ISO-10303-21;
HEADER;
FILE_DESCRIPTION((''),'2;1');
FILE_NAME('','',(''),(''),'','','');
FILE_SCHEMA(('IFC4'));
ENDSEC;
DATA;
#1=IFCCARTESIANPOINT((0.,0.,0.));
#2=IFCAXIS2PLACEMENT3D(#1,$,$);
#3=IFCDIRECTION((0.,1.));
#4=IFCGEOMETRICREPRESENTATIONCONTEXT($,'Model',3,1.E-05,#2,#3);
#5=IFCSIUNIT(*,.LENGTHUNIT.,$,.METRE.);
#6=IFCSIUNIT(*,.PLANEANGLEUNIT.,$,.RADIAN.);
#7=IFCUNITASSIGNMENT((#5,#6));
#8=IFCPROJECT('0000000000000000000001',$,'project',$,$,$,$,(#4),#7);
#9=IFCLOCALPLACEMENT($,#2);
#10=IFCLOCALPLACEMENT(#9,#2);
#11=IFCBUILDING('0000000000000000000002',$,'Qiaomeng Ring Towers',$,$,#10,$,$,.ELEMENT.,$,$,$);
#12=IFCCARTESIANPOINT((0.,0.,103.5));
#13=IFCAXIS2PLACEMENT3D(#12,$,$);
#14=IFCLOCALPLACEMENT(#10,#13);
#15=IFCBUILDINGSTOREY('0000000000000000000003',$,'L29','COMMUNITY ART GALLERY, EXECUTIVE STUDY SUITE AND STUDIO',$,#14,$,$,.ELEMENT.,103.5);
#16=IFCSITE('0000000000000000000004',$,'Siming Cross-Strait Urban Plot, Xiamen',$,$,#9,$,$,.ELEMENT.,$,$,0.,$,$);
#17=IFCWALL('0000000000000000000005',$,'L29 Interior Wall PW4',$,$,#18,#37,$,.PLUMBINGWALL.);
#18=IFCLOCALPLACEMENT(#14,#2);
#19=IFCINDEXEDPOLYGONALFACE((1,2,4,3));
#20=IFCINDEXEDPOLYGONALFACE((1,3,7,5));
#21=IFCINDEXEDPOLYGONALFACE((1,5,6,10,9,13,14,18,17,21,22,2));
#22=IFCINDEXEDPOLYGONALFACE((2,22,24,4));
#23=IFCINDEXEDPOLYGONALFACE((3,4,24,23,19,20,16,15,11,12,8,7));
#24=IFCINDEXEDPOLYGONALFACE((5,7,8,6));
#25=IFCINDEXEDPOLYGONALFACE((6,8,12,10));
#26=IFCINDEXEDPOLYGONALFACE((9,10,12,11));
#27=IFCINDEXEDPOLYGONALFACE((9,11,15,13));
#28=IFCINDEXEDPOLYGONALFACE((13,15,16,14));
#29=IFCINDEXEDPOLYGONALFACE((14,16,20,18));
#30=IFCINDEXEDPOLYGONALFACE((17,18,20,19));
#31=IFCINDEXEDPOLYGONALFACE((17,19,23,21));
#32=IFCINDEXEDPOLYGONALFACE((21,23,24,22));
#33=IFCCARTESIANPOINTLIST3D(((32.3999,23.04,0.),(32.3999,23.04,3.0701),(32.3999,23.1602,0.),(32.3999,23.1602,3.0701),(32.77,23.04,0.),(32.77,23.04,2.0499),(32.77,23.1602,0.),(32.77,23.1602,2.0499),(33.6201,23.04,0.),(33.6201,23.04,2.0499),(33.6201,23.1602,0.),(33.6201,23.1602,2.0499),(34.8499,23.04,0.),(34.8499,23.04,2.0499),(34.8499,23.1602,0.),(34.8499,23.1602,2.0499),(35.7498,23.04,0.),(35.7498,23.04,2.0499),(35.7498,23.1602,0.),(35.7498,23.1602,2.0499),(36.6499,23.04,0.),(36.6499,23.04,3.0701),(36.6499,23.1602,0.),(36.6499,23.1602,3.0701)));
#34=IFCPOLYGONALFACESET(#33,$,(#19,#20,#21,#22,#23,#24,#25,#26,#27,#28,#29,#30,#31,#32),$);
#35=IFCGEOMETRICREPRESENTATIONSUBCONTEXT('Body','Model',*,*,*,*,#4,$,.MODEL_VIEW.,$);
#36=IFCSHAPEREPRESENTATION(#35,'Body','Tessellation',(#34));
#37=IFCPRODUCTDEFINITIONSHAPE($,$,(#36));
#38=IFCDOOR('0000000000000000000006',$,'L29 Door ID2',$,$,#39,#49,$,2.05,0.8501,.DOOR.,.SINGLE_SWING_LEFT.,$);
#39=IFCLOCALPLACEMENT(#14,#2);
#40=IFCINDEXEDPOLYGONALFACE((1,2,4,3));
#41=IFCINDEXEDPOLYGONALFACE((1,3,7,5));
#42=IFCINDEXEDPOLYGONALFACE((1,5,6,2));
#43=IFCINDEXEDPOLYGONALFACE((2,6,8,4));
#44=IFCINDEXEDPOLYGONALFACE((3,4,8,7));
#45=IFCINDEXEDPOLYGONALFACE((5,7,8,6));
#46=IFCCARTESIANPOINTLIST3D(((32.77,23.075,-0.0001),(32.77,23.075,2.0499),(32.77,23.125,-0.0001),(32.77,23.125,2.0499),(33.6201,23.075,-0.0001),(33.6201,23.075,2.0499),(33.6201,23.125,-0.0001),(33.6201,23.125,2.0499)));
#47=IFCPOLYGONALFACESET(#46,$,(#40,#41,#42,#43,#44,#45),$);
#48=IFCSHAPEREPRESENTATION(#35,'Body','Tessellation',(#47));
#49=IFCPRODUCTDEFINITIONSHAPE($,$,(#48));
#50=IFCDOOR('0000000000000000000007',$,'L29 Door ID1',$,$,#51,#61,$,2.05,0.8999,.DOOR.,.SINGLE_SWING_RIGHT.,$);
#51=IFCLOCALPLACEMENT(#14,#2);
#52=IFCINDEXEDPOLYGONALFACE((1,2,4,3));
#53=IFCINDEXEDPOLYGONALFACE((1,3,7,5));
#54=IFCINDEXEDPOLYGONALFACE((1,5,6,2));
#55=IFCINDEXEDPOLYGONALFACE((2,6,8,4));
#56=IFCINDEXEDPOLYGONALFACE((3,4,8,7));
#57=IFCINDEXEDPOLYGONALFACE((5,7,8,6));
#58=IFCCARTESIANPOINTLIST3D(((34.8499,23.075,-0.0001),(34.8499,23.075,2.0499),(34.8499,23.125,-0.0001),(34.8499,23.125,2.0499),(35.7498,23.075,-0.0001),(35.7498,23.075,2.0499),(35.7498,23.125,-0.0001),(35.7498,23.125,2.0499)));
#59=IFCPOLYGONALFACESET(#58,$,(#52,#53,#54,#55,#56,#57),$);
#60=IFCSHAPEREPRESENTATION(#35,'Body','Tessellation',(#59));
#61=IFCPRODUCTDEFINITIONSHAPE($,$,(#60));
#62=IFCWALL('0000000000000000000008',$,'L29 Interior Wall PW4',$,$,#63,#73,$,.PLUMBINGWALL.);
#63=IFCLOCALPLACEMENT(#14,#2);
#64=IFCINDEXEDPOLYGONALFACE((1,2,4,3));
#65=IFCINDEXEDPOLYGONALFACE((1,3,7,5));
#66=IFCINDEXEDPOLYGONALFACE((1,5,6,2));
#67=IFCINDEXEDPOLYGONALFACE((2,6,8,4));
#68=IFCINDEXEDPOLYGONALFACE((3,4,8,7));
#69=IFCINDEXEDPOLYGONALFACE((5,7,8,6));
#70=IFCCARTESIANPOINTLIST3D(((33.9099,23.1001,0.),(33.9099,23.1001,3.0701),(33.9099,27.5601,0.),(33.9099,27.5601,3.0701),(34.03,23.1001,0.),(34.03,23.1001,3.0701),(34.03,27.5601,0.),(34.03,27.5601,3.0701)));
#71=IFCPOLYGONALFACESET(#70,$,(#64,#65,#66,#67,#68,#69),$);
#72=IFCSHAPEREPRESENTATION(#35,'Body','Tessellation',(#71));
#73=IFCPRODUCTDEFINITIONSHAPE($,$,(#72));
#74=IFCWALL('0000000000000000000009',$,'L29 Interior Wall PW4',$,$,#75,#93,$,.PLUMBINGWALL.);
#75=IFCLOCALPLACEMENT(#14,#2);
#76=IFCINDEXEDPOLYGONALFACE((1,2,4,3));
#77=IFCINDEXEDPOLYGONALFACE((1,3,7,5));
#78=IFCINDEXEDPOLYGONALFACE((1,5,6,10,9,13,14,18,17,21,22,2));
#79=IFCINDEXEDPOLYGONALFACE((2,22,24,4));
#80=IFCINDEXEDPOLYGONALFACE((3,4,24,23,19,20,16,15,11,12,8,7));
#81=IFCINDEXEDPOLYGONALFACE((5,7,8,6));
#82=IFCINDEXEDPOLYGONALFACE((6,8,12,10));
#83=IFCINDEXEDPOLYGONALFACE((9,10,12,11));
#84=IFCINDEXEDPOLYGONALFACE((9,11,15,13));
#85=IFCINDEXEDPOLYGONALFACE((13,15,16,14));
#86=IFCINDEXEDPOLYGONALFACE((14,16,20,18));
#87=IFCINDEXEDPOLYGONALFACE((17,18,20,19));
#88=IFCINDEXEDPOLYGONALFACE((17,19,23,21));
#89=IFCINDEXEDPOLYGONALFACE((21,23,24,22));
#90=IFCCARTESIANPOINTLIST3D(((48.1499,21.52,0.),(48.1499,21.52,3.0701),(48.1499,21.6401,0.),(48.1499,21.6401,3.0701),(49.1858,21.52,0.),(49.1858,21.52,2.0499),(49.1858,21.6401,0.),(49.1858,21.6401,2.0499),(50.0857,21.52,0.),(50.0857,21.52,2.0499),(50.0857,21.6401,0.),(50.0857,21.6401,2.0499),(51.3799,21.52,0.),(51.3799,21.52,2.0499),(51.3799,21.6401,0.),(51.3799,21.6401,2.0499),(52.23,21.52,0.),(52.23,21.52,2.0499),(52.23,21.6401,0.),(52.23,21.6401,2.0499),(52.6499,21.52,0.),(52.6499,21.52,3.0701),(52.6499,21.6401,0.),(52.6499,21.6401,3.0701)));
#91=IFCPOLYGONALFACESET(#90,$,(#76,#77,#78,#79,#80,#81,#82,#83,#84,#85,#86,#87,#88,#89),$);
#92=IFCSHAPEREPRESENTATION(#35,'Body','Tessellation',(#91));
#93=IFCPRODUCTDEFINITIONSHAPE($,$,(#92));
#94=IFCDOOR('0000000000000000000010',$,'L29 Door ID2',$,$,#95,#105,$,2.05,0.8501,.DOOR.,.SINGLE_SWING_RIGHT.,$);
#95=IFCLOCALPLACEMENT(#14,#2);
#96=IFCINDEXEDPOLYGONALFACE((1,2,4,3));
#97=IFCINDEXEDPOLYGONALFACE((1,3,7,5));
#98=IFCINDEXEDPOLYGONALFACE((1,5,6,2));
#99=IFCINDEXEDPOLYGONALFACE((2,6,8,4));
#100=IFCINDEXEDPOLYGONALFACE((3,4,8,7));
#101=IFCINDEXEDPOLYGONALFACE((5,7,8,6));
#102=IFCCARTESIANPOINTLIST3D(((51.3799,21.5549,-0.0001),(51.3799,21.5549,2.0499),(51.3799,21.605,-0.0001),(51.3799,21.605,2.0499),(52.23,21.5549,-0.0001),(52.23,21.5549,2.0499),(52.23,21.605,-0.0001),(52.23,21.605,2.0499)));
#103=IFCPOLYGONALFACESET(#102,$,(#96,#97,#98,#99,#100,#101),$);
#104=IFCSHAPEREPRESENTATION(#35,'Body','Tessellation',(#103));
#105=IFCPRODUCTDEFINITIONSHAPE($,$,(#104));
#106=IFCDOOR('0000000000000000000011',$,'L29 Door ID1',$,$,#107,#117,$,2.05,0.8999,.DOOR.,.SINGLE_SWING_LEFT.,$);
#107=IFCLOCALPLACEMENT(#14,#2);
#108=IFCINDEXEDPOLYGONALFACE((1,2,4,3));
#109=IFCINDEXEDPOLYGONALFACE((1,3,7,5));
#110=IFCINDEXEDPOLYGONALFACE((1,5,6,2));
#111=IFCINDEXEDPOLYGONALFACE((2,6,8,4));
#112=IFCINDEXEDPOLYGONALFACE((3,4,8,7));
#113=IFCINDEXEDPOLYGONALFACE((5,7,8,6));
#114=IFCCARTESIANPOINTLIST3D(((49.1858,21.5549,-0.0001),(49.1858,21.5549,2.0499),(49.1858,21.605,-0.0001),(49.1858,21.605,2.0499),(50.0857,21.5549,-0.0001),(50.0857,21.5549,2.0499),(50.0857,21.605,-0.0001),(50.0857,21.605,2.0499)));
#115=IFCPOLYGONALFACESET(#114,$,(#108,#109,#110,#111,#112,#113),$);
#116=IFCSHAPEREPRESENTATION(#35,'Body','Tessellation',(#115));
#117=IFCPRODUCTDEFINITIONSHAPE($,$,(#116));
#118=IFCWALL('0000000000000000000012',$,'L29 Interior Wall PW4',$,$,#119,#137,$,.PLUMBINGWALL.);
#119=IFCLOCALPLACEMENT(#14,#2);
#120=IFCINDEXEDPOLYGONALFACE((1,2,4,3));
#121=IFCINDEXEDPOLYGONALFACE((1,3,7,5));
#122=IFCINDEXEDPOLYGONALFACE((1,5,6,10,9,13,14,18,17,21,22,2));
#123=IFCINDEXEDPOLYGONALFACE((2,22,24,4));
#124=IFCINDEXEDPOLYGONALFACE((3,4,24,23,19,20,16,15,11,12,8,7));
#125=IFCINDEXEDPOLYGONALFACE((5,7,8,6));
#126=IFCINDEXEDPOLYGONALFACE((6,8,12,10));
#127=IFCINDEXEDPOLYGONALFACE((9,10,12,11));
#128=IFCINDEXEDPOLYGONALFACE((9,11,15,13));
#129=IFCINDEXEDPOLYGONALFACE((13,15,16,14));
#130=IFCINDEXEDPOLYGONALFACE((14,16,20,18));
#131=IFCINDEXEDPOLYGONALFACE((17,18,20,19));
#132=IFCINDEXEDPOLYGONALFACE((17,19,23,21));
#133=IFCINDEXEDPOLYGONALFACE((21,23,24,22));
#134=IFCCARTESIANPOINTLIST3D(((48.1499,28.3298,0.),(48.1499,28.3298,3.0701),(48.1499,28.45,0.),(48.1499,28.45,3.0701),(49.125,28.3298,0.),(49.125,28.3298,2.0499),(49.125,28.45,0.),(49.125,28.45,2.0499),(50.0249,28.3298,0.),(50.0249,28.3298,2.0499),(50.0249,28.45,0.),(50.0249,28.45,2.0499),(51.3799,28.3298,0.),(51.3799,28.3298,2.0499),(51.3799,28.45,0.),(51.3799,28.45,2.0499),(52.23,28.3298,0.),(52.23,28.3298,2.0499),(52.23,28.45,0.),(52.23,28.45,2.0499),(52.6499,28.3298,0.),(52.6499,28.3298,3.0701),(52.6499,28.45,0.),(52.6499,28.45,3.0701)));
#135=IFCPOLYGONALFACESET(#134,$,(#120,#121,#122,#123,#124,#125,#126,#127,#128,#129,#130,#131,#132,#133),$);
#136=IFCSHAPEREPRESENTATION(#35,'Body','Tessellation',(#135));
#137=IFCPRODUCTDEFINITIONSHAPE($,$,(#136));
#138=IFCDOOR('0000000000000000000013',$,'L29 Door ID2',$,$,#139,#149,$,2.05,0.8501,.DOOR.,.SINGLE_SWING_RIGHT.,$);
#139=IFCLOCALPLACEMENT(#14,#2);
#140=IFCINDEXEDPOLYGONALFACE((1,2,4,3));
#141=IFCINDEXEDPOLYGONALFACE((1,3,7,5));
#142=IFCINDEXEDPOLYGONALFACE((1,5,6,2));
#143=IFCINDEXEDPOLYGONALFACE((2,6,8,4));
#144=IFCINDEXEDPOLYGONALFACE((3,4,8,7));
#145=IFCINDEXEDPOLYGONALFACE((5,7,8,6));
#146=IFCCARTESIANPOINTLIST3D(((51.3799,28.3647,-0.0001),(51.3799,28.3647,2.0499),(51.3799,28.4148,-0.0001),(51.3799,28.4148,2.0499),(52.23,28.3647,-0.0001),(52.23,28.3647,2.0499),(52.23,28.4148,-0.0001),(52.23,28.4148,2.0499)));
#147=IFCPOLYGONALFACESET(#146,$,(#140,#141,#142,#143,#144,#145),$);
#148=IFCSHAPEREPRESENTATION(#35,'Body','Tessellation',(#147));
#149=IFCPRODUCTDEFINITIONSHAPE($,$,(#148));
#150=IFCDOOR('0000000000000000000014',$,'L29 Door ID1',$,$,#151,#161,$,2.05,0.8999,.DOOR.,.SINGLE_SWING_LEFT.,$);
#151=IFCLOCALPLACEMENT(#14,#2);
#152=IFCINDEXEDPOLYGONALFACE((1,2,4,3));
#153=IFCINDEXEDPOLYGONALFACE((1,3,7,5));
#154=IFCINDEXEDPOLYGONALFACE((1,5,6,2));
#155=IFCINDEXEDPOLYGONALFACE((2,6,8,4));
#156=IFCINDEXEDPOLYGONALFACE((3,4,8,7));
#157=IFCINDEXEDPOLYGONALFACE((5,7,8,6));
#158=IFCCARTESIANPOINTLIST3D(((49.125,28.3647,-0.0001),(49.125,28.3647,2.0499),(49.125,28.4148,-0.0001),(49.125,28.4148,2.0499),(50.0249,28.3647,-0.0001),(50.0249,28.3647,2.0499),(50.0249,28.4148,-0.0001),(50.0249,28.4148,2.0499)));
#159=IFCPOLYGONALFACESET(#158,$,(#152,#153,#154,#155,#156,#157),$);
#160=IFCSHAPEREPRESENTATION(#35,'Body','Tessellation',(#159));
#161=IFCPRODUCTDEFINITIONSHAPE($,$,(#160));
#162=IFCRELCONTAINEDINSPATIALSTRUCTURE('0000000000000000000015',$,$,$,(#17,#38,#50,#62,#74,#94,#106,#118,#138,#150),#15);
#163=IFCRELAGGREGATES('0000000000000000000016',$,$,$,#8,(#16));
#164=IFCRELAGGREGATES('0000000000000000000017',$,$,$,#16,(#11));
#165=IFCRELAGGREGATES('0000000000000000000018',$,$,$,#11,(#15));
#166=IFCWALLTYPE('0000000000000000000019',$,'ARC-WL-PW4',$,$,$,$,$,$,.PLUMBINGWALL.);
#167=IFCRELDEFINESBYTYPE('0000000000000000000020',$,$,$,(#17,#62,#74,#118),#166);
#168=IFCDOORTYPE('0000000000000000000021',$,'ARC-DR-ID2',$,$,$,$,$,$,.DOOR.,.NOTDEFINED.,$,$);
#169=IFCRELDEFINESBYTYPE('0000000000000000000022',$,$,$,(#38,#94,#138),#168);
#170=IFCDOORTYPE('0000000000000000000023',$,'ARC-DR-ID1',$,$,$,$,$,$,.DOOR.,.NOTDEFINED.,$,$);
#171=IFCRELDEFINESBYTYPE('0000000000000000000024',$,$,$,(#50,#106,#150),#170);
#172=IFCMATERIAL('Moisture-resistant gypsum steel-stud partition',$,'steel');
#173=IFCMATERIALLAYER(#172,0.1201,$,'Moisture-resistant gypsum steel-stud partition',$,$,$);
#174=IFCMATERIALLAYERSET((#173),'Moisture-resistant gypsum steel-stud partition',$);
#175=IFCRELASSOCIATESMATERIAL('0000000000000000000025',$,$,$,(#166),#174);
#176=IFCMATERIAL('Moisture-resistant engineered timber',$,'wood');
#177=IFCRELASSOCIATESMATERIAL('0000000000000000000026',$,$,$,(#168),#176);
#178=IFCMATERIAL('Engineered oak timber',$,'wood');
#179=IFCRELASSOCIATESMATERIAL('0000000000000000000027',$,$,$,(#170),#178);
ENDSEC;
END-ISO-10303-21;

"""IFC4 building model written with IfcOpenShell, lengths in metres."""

from ifc_helpers import new_model, si_unit, direction, frame, frame_2d, origin, place, context, subcontext, project, spatial, rectangle, extrude, source, transform, mapped, material, layer, layer_set, type_object, element, fill, save


model = new_model("IFC4")

# Units and contexts
model_context = context("Model", 3, precision=1e-05, world=origin(), true_north=direction((0.0, 1.0)))
body_context = subcontext(model_context, "Body", "Model", "MODEL_VIEW")
ifc_project = project(units=[si_unit("LENGTHUNIT", "METRE"), si_unit("PLANEANGLEUNIT", "RADIAN")], contexts=[model_context])

# Site, building, storey
site_placement = place(None, origin())
site = spatial("IfcSite", under=ifc_project, at=site_placement, Name="Siming Cross-Strait Urban Plot, Xiamen", CompositionType="ELEMENT", RefElevation=0.0)
building_placement = place(site_placement, origin())
building = spatial("IfcBuilding", under=site, at=building_placement, Name="Qiaomeng Ring Towers", CompositionType="ELEMENT")
storey_placement = place(building_placement, frame((0.0, 0.0, 103.5)))
storey = spatial("IfcBuildingStorey", under=building, at=storey_placement, Name="L29", Description="COMMUNITY ART GALLERY, EXECUTIVE STUDY SUITE AND STUDIO", CompositionType="ELEMENT", Elevation=103.5)

# Wall, openings, doors
ifc_material_1 = material(Name="Moisture-resistant gypsum steel-stud partition", Category="steel")
ifc_layer_1 = layer(ifc_material_1, 0.1201, Name="Moisture-resistant gypsum steel-stud partition")
ifc_layer_set_1 = layer_set([ifc_layer_1], Name="Moisture-resistant gypsum steel-stud partition")
wall_type_1 = type_object("IfcWallType", Name="ARC-WL-PW4", PredefinedType="PLUMBINGWALL", material=ifc_layer_set_1)
wall_1_placement = place(storey_placement, frame((32.3999, 23.1001, 0.0), z_axis=(0.0, 0.0, 1.0), x_axis=(1.0, 0.0, 0.0)))
wall_1 = element("IfcWall", 1, at=wall_1_placement, inside=storey, type_object=wall_type_1, Name="L29 Interior Wall PW4", PredefinedType="PLUMBINGWALL", context=body_context, shape_type="SweptSolid", body=[
    extrude(rectangle(XDim=4.25, YDim=0.1201, at=frame_2d((2.125, 0.0))), origin(), (0.0, 0.0, 1.0), 3.0701),
])
opening_1_placement = place(wall_1_placement, frame((0.3701, 0.0, 0.0)))
opening_1 = element("IfcOpeningElement", 2, at=opening_1_placement, cuts=wall_1, PredefinedType="OPENING", context=body_context, shape_type="SweptSolid", body=[
    extrude(rectangle(XDim=0.8501, YDim=2.05, at=frame_2d((0.425, 1.0249))), frame((0.0, 0.0701, 0.0), z_axis=(0.0, -1.0, 0.0), x_axis=(1.0, 0.0, 0.0)), (0.0, 0.0, 1.0), 0.1401),
])
opening_2_placement = place(wall_1_placement, frame((2.45, 0.0, 0.0)))
opening_2 = element("IfcOpeningElement", 3, at=opening_2_placement, cuts=wall_1, PredefinedType="OPENING", context=body_context, shape_type="SweptSolid", body=[
    extrude(rectangle(XDim=0.8999, YDim=2.05, at=frame_2d((0.45, 1.0249))), frame((0.0, 0.0701, 0.0), z_axis=(0.0, -1.0, 0.0), x_axis=(1.0, 0.0, 0.0)), (0.0, 0.0, 1.0), 0.1401),
])
ifc_material_2 = material(Name="Moisture-resistant engineered timber", Category="wood")
door_type_1 = type_object("IfcDoorType", Name="ARC-DR-ID2", OperationType="NOTDEFINED", PredefinedType="DOOR", material=ifc_material_2)
shared_shape_1 = source(origin(), body_context, "Body", "SweptSolid", [
    extrude(rectangle(XDim=0.8501, YDim=2.05, at=frame_2d((0.425, 1.0249))), frame((0.0, 0.0249, 0.0), z_axis=(0.0, -1.0, 0.0), x_axis=(1.0, 0.0, 0.0)), (0.0, 0.0, 1.0), 0.05),
])
door_1_placement = place(opening_1_placement, origin())
door_1 = element("IfcDoor", 4, at=door_1_placement, inside=storey, type_object=door_type_1, Name="L29 Door ID2", OperationType="SINGLE_SWING_LEFT", OverallHeight=2.05, OverallWidth=0.8501, PredefinedType="DOOR", context=body_context, shape_type="MappedRepresentation", body=[
    mapped(shared_shape_1, transform((0.0, 0.0, 0.0), x_axis=(1.0, 0.0, 0.0), y_axis=(0.0, 1.0, 0.0), z_axis=(0.0, 0.0, 1.0), scale=1.0)),
])
fill(opening_1, door_1)
ifc_material_3 = material(Name="Engineered oak timber", Category="wood")
door_type_2 = type_object("IfcDoorType", Name="ARC-DR-ID1", OperationType="NOTDEFINED", PredefinedType="DOOR", material=ifc_material_3)
shared_shape_2 = source(origin(), body_context, "Body", "SweptSolid", [
    extrude(rectangle(XDim=0.8999, YDim=2.05, at=frame_2d((0.45, 1.0249))), frame((0.0, 0.0249, 0.0), z_axis=(0.0, -1.0, 0.0), x_axis=(1.0, 0.0, 0.0)), (0.0, 0.0, 1.0), 0.05),
])
door_2_placement = place(opening_2_placement, origin())
door_2 = element("IfcDoor", 5, at=door_2_placement, inside=storey, type_object=door_type_2, Name="L29 Door ID1", OperationType="SINGLE_SWING_RIGHT", OverallHeight=2.05, OverallWidth=0.8999, PredefinedType="DOOR", context=body_context, shape_type="MappedRepresentation", body=[
    mapped(shared_shape_2, transform((0.0, 0.0, 0.0), x_axis=(1.0, 0.0, 0.0), y_axis=(0.0, 1.0, 0.0), z_axis=(0.0, 0.0, 1.0), scale=1.0)),
])
fill(opening_2, door_2)

# Wall
wall_2_placement = place(storey_placement, frame((33.97, 23.1001, 0.0), z_axis=(0.0, 0.0, 1.0), x_axis=(0.0, 1.0, 0.0)))
element("IfcWall", 6, at=wall_2_placement, inside=storey, type_object=wall_type_1, Name="L29 Interior Wall PW4", PredefinedType="PLUMBINGWALL", context=body_context, shape_type="SweptSolid", body=[
    extrude(rectangle(XDim=4.46, YDim=0.1201, at=frame_2d((2.23, 0.0))), origin(), (0.0, 0.0, 1.0), 3.0701),
])

# Walls, openings, doors
wall_3_placement = place(storey_placement, frame((48.1499, 21.5801, 0.0), z_axis=(0.0, 0.0, 1.0), x_axis=(1.0, 0.0, 0.0)))
wall_3 = element("IfcWall", 7, at=wall_3_placement, inside=storey, type_object=wall_type_1, Name="L29 Interior Wall PW4", PredefinedType="PLUMBINGWALL", context=body_context, shape_type="SweptSolid", body=[
    extrude(rectangle(XDim=4.5, YDim=0.1201, at=frame_2d((2.25, 0.0))), origin(), (0.0, 0.0, 1.0), 3.0701),
])
opening_3_placement = place(wall_3_placement, frame((1.0359, 0.0, 0.0)))
opening_3 = element("IfcOpeningElement", 8, at=opening_3_placement, cuts=wall_3, PredefinedType="OPENING", context=body_context, shape_type="SweptSolid", body=[
    extrude(rectangle(XDim=0.8999, YDim=2.05, at=frame_2d((0.45, 1.0249))), frame((0.0, 0.0701, 0.0), z_axis=(0.0, -1.0, 0.0), x_axis=(1.0, 0.0, 0.0)), (0.0, 0.0, 1.0), 0.1401),
])
opening_4_placement = place(wall_3_placement, frame((3.23, 0.0, 0.0)))
opening_4 = element("IfcOpeningElement", 9, at=opening_4_placement, cuts=wall_3, PredefinedType="OPENING", context=body_context, shape_type="SweptSolid", body=[
    extrude(rectangle(XDim=0.8501, YDim=2.05, at=frame_2d((0.425, 1.0249))), frame((0.0, 0.0701, 0.0), z_axis=(0.0, -1.0, 0.0), x_axis=(1.0, 0.0, 0.0)), (0.0, 0.0, 1.0), 0.1401),
])
door_3_placement = place(opening_4_placement, origin())
door_3 = element("IfcDoor", 10, at=door_3_placement, inside=storey, type_object=door_type_1, Name="L29 Door ID2", OperationType="SINGLE_SWING_RIGHT", OverallHeight=2.05, OverallWidth=0.8501, PredefinedType="DOOR", context=body_context, shape_type="MappedRepresentation", body=[
    mapped(shared_shape_1, transform((0.0, 0.0, 0.0), x_axis=(1.0, 0.0, 0.0), y_axis=(0.0, 1.0, 0.0), z_axis=(0.0, 0.0, 1.0), scale=1.0)),
])
fill(opening_4, door_3)
door_4_placement = place(opening_3_placement, origin())
door_4 = element("IfcDoor", 11, at=door_4_placement, inside=storey, type_object=door_type_2, Name="L29 Door ID1", OperationType="SINGLE_SWING_LEFT", OverallHeight=2.05, OverallWidth=0.8999, PredefinedType="DOOR", context=body_context, shape_type="MappedRepresentation", body=[
    mapped(shared_shape_2, transform((0.0, 0.0, 0.0), x_axis=(1.0, 0.0, 0.0), y_axis=(0.0, 1.0, 0.0), z_axis=(0.0, 0.0, 1.0), scale=1.0)),
])
fill(opening_3, door_4)
wall_4_placement = place(storey_placement, frame((48.1499, 28.3899, 0.0), z_axis=(0.0, 0.0, 1.0), x_axis=(1.0, 0.0, 0.0)))
wall_4 = element("IfcWall", 12, at=wall_4_placement, inside=storey, type_object=wall_type_1, Name="L29 Interior Wall PW4", PredefinedType="PLUMBINGWALL", context=body_context, shape_type="SweptSolid", body=[
    extrude(rectangle(XDim=4.5, YDim=0.1201, at=frame_2d((2.25, 0.0))), origin(), (0.0, 0.0, 1.0), 3.0701),
])
opening_5_placement = place(wall_4_placement, frame((0.9751, 0.0, 0.0)))
opening_5 = element("IfcOpeningElement", 13, at=opening_5_placement, cuts=wall_4, PredefinedType="OPENING", context=body_context, shape_type="SweptSolid", body=[
    extrude(rectangle(XDim=0.8999, YDim=2.05, at=frame_2d((0.45, 1.0249))), frame((0.0, 0.0701, 0.0), z_axis=(0.0, -1.0, 0.0), x_axis=(1.0, 0.0, 0.0)), (0.0, 0.0, 1.0), 0.1401),
])
opening_6_placement = place(wall_4_placement, frame((3.23, 0.0, 0.0)))
opening_6 = element("IfcOpeningElement", 14, at=opening_6_placement, cuts=wall_4, PredefinedType="OPENING", context=body_context, shape_type="SweptSolid", body=[
    extrude(rectangle(XDim=0.8501, YDim=2.05, at=frame_2d((0.425, 1.0249))), frame((0.0, 0.0701, 0.0), z_axis=(0.0, -1.0, 0.0), x_axis=(1.0, 0.0, 0.0)), (0.0, 0.0, 1.0), 0.1401),
])
door_5_placement = place(opening_6_placement, origin())
door_5 = element("IfcDoor", 15, at=door_5_placement, inside=storey, type_object=door_type_1, Name="L29 Door ID2", OperationType="SINGLE_SWING_RIGHT", OverallHeight=2.05, OverallWidth=0.8501, PredefinedType="DOOR", context=body_context, shape_type="MappedRepresentation", body=[
    mapped(shared_shape_1, transform((0.0, 0.0, 0.0), x_axis=(1.0, 0.0, 0.0), y_axis=(0.0, 1.0, 0.0), z_axis=(0.0, 0.0, 1.0), scale=1.0)),
])
fill(opening_6, door_5)
door_6_placement = place(opening_5_placement, origin())
door_6 = element("IfcDoor", 16, at=door_6_placement, inside=storey, type_object=door_type_2, Name="L29 Door ID1", OperationType="SINGLE_SWING_LEFT", OverallHeight=2.05, OverallWidth=0.8999, PredefinedType="DOOR", context=body_context, shape_type="MappedRepresentation", body=[
    mapped(shared_shape_2, transform((0.0, 0.0, 0.0), x_axis=(1.0, 0.0, 0.0), y_axis=(0.0, 1.0, 0.0), z_axis=(0.0, 0.0, 1.0), scale=1.0)),
])
fill(opening_5, door_6)

save(model, "model.ifc")
